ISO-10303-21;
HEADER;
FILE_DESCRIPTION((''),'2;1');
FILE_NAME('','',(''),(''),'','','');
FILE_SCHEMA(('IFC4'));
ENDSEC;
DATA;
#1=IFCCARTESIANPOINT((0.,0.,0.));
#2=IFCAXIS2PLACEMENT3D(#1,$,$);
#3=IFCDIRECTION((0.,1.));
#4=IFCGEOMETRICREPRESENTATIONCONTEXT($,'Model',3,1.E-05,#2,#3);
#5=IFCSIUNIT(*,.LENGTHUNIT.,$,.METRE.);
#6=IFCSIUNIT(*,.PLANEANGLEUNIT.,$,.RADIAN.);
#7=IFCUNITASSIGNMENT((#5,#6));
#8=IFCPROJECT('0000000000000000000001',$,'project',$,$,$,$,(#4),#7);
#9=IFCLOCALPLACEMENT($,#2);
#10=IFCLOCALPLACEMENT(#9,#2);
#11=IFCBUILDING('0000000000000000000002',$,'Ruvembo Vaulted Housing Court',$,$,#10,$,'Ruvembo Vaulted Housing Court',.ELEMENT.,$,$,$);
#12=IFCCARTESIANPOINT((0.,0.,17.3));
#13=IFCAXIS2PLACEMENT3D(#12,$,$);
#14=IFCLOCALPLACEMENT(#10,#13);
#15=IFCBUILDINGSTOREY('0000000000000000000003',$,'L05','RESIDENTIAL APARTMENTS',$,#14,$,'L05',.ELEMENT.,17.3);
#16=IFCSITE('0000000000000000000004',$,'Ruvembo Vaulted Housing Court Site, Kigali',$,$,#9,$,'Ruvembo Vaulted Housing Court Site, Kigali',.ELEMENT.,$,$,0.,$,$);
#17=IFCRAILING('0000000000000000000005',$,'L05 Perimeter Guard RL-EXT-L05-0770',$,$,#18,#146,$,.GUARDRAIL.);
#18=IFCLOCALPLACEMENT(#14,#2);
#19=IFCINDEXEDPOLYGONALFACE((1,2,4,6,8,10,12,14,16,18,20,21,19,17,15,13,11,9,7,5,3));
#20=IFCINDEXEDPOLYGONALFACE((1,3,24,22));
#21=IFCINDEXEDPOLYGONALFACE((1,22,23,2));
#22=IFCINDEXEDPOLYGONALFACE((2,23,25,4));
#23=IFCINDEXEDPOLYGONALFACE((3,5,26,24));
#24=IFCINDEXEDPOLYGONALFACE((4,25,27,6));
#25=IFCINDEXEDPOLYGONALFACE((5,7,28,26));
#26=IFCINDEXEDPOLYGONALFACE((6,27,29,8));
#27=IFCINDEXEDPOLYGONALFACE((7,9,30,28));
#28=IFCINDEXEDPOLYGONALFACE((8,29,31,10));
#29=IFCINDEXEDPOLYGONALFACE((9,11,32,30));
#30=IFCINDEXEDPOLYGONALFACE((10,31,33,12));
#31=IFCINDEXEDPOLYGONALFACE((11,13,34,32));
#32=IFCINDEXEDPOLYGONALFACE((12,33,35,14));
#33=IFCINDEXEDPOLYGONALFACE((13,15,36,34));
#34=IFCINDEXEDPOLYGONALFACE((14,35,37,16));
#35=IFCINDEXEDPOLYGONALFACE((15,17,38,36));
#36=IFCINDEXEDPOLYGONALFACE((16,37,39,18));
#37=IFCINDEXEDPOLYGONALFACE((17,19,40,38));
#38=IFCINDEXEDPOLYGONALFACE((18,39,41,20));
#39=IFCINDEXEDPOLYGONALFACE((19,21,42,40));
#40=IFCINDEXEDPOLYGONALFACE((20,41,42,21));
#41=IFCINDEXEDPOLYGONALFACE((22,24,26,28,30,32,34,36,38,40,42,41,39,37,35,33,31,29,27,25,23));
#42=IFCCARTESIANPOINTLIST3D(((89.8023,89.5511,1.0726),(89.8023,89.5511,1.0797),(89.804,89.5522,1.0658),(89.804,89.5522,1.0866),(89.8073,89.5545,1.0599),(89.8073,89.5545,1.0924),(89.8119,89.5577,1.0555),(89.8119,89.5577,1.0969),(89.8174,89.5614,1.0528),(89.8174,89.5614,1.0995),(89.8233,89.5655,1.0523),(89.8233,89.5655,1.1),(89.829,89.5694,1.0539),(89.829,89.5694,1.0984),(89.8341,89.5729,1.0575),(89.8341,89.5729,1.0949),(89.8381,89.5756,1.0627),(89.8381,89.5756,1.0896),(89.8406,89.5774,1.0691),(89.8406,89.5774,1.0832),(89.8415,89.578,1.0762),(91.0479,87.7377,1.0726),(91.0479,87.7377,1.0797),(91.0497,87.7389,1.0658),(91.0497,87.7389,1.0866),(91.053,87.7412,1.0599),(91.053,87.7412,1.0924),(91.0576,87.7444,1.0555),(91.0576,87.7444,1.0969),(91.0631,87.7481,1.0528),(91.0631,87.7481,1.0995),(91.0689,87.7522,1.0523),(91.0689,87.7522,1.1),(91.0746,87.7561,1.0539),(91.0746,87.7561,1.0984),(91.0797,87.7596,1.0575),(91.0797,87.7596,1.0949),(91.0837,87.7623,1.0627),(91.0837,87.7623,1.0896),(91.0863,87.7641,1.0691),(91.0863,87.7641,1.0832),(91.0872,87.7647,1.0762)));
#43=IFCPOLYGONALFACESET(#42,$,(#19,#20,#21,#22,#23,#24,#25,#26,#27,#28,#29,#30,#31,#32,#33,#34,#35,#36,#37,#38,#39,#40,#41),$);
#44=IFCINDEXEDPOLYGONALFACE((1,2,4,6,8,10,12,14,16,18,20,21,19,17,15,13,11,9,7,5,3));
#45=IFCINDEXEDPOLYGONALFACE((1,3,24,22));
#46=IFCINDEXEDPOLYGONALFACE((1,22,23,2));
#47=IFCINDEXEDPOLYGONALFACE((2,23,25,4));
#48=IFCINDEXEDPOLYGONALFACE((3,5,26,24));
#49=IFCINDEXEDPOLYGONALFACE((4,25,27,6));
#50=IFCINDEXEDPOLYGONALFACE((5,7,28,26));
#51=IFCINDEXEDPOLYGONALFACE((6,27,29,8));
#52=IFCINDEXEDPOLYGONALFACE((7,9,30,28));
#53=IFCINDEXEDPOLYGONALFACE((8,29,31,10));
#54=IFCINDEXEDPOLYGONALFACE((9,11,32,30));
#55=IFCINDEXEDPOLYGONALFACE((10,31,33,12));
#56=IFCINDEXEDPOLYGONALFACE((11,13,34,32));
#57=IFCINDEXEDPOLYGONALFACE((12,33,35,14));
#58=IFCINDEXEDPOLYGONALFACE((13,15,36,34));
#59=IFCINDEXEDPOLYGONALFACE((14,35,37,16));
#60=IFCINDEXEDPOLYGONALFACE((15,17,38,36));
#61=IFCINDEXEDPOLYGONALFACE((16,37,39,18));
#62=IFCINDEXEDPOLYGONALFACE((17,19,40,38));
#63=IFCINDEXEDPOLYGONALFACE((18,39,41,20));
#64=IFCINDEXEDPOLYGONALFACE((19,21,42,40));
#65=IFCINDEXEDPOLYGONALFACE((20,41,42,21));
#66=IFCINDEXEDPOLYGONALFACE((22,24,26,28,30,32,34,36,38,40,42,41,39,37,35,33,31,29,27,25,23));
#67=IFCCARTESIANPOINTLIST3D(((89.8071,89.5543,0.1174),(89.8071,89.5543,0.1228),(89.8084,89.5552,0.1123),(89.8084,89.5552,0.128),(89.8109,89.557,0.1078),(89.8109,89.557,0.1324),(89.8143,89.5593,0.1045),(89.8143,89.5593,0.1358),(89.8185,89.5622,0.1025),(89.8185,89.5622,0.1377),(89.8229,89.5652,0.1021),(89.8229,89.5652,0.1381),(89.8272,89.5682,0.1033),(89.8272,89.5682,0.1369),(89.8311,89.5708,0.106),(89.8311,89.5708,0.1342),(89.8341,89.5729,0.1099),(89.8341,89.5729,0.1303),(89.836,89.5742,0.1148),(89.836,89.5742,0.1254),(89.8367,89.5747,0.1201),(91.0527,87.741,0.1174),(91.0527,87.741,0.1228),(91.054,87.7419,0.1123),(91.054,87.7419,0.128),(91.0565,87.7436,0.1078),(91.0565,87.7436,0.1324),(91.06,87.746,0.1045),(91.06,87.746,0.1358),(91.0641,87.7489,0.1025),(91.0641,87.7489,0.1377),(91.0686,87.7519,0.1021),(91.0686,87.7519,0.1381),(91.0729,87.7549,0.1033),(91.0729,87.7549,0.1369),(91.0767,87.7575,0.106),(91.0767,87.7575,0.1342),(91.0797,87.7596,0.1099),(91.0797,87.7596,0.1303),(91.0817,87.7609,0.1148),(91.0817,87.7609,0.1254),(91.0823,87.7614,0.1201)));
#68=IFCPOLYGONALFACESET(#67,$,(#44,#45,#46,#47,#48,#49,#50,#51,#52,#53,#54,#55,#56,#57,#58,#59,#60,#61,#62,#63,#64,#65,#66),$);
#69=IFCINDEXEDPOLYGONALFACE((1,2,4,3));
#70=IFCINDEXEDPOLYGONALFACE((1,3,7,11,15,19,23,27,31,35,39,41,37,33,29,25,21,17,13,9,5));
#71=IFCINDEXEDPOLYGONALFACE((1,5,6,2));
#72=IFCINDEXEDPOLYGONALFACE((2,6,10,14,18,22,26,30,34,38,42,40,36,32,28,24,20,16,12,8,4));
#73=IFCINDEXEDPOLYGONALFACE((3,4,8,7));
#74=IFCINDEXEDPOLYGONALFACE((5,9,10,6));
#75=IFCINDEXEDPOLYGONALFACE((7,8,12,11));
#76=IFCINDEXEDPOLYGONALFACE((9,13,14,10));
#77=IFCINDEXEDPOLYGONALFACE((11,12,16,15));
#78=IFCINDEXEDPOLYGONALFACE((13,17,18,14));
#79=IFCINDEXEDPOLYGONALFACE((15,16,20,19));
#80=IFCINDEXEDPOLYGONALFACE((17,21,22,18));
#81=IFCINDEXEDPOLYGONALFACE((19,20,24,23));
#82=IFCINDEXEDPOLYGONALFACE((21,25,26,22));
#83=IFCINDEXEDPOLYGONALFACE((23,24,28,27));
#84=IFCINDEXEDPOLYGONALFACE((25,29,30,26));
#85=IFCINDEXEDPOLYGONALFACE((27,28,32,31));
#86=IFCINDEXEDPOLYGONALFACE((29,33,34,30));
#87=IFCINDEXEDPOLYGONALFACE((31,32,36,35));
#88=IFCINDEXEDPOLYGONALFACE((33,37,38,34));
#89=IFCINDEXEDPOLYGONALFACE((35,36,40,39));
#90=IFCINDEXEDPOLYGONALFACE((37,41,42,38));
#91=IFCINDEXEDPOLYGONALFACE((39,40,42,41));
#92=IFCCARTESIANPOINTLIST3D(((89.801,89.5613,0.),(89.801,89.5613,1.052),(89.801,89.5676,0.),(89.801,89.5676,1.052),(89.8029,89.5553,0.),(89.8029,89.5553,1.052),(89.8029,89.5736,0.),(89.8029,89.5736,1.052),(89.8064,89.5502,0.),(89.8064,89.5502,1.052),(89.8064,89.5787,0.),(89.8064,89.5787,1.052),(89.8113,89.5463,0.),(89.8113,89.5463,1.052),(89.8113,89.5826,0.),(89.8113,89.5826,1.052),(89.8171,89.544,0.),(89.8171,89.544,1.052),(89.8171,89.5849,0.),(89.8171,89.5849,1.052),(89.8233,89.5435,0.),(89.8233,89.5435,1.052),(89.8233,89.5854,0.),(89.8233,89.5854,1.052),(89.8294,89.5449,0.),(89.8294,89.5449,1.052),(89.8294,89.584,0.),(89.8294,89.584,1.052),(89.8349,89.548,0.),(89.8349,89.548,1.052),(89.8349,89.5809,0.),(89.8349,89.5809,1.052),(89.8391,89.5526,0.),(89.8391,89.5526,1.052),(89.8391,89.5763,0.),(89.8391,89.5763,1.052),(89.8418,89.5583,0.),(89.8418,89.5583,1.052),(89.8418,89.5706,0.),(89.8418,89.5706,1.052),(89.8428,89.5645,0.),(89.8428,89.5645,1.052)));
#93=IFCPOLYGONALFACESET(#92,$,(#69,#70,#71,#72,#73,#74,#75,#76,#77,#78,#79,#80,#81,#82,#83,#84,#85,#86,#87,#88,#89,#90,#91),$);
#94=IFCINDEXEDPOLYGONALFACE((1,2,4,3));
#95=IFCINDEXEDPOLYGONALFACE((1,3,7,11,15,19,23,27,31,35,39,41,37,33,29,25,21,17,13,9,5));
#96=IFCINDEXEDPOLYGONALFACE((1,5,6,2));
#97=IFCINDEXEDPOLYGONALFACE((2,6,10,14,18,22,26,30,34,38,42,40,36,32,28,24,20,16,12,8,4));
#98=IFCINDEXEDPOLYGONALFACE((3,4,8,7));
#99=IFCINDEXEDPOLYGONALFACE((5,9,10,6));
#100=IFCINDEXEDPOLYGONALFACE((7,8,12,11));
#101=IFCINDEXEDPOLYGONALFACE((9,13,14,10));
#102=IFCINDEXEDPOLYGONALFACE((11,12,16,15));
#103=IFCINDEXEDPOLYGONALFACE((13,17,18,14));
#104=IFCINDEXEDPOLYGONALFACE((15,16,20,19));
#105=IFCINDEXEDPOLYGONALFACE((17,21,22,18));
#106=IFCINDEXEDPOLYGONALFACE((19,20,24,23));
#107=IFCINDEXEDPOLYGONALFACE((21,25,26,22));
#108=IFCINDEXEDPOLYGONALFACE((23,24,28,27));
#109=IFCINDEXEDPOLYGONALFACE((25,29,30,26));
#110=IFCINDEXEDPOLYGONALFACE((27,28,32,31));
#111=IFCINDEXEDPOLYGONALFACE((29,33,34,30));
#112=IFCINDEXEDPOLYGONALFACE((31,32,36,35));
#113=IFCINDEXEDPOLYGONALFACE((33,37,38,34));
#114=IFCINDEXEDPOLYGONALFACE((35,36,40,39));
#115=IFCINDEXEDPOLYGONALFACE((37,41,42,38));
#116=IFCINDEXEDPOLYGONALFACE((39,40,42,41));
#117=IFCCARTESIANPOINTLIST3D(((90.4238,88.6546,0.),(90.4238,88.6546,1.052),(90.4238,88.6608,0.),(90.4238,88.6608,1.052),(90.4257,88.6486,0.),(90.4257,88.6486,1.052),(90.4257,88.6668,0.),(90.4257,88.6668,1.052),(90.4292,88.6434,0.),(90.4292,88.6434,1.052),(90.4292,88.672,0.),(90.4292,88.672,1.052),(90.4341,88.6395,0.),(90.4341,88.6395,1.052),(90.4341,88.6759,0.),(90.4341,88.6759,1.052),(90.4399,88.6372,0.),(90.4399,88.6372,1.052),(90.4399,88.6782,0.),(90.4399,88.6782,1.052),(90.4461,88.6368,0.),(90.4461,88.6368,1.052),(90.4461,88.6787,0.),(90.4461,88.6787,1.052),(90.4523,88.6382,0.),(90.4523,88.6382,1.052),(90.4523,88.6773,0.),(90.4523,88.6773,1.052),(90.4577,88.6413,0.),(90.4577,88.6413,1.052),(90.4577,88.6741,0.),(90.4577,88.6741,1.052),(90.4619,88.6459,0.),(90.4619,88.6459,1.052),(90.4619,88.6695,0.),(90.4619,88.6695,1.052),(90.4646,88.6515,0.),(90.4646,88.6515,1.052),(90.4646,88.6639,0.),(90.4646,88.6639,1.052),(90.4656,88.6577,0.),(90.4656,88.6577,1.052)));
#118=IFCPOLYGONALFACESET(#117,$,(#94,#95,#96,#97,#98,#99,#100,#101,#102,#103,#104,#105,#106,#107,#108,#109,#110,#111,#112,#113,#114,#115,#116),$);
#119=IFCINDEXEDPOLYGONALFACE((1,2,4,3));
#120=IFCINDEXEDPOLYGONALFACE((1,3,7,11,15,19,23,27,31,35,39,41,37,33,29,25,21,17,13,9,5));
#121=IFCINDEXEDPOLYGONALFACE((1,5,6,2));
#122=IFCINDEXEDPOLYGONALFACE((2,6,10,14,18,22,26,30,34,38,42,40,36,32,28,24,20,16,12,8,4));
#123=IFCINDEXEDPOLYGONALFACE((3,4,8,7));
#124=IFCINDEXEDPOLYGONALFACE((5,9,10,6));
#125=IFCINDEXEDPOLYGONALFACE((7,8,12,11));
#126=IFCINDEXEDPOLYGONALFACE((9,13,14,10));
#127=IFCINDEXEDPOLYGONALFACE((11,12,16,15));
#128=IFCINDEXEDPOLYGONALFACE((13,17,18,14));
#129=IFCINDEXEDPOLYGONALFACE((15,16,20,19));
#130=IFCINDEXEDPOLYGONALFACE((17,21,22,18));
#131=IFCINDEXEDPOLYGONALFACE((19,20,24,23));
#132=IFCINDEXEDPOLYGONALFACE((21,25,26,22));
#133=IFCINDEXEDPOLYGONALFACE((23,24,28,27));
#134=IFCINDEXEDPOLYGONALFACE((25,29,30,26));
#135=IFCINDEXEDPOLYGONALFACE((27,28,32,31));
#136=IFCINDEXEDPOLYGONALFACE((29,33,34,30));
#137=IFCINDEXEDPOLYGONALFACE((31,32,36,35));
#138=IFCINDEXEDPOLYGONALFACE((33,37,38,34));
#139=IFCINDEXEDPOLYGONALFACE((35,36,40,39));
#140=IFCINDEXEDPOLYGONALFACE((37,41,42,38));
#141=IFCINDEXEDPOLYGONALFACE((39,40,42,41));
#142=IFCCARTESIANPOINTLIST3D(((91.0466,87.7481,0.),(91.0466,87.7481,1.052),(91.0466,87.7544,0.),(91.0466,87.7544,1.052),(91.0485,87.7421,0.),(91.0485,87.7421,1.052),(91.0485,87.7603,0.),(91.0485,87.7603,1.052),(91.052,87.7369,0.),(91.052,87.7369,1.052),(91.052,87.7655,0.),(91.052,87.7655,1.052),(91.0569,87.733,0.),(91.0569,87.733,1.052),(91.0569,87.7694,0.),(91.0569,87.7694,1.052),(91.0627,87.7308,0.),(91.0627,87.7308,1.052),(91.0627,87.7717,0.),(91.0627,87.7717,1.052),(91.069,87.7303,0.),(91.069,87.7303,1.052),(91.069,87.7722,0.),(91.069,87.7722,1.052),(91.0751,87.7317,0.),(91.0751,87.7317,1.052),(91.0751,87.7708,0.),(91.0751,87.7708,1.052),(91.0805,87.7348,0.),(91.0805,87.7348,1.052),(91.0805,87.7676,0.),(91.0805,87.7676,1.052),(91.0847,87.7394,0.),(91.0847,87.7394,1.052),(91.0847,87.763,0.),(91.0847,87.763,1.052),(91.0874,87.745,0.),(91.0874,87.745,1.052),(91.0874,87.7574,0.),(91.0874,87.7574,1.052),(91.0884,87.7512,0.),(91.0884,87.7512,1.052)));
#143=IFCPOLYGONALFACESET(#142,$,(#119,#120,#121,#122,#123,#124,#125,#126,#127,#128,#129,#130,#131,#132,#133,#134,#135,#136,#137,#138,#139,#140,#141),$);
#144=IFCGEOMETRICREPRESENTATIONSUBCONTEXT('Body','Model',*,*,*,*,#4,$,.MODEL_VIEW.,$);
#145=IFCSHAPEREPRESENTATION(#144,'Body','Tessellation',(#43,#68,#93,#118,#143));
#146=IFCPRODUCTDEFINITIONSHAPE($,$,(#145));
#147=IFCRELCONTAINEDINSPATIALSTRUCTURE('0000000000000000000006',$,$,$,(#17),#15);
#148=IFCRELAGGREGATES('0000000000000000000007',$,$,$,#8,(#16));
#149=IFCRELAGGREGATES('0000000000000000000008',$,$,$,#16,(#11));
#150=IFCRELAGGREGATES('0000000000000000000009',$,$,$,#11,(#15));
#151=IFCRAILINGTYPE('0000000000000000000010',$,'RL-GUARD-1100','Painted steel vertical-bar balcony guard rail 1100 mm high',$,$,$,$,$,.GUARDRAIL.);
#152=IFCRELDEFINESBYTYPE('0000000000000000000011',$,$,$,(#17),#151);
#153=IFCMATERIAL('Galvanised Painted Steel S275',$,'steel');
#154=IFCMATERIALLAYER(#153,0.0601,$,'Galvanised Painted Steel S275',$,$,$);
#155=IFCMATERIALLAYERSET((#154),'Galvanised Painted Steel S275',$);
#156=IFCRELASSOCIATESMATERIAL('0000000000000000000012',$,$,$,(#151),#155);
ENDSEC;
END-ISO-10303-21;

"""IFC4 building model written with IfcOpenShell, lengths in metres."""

from ifc_helpers import new_model, si_unit, direction, frame, origin, origin_2d, place, context, subcontext, project, spatial, circle, extrude, material, layer, layer_set, type_object, element, save


model = new_model("IFC4")

# Units and contexts
model_context = context("Model", 3, precision=1e-05, world=origin(), true_north=direction((0.0, 1.0)))
body_context = subcontext(model_context, "Body", "Model", "MODEL_VIEW")
ifc_project = project(units=[si_unit("LENGTHUNIT", "METRE"), si_unit("PLANEANGLEUNIT", "RADIAN")], contexts=[model_context])

# Site, building, storey
site_placement = place(None, origin())
site = spatial("IfcSite", under=ifc_project, at=site_placement, Name="Ruvembo Vaulted Housing Court Site, Kigali", LongName="Ruvembo Vaulted Housing Court Site, Kigali", CompositionType="ELEMENT", RefElevation=0.0)
building_placement = place(site_placement, origin())
building = spatial("IfcBuilding", under=site, at=building_placement, Name="Ruvembo Vaulted Housing Court", LongName="Ruvembo Vaulted Housing Court", CompositionType="ELEMENT")
storey_placement = place(building_placement, frame((0.0, 0.0, 17.3)))
storey = spatial("IfcBuildingStorey", under=building, at=storey_placement, Name="L05", Description="RESIDENTIAL APARTMENTS", LongName="L05", CompositionType="ELEMENT", Elevation=17.3)

# Railing
ifc_material_1 = material(Name="Galvanised Painted Steel S275", Category="steel")
ifc_layer_1 = layer(ifc_material_1, 0.0601, Name="Galvanised Painted Steel S275")
ifc_layer_set_1 = layer_set([ifc_layer_1], Name="Galvanised Painted Steel S275")
railing_type = type_object("IfcRailingType", Name="RL-GUARD-1100", Description="Painted steel vertical-bar balcony guard rail 1100 mm high", PredefinedType="GUARDRAIL", material=ifc_layer_set_1)
railing_1_placement = place(storey_placement, frame((89.8218, 89.5645, 0.0)))
element("IfcRailing", 1, at=railing_1_placement, inside=storey, type_object=railing_type, Name="L05 Perimeter Guard RL-EXT-L05-0770", PredefinedType="GUARDRAIL", context=body_context, shape_type="SweptSolid", body=[
    extrude(circle(Radius=0.0239, at=origin_2d()), frame((0.0, 0.0, 1.0762), z_axis=(0.566223, -0.824252, 0.0), x_axis=(0.824252, 0.566223, 0.0)), (0.0, 0.0, 1.0), 2.2),
    extrude(circle(Radius=0.0181, at=origin_2d()), frame((0.0, 0.0, 0.1201), z_axis=(0.566223, -0.824252, 0.0), x_axis=(0.824252, 0.566223, 0.0)), (0.0, 0.0, 1.0), 2.2),
    extrude(circle(Radius=0.021, at=origin_2d()), origin(), (0.0, 0.0, 1.0), 1.052),
    extrude(circle(Radius=0.021, at=origin_2d()), frame((0.6228, -0.9067, 0.0)), (0.0, 0.0, 1.0), 1.052),
    extrude(circle(Radius=0.021, at=origin_2d()), frame((1.2456, -1.8132, 0.0)), (0.0, 0.0, 1.0), 1.052),
])

save(model, "model.ifc")
